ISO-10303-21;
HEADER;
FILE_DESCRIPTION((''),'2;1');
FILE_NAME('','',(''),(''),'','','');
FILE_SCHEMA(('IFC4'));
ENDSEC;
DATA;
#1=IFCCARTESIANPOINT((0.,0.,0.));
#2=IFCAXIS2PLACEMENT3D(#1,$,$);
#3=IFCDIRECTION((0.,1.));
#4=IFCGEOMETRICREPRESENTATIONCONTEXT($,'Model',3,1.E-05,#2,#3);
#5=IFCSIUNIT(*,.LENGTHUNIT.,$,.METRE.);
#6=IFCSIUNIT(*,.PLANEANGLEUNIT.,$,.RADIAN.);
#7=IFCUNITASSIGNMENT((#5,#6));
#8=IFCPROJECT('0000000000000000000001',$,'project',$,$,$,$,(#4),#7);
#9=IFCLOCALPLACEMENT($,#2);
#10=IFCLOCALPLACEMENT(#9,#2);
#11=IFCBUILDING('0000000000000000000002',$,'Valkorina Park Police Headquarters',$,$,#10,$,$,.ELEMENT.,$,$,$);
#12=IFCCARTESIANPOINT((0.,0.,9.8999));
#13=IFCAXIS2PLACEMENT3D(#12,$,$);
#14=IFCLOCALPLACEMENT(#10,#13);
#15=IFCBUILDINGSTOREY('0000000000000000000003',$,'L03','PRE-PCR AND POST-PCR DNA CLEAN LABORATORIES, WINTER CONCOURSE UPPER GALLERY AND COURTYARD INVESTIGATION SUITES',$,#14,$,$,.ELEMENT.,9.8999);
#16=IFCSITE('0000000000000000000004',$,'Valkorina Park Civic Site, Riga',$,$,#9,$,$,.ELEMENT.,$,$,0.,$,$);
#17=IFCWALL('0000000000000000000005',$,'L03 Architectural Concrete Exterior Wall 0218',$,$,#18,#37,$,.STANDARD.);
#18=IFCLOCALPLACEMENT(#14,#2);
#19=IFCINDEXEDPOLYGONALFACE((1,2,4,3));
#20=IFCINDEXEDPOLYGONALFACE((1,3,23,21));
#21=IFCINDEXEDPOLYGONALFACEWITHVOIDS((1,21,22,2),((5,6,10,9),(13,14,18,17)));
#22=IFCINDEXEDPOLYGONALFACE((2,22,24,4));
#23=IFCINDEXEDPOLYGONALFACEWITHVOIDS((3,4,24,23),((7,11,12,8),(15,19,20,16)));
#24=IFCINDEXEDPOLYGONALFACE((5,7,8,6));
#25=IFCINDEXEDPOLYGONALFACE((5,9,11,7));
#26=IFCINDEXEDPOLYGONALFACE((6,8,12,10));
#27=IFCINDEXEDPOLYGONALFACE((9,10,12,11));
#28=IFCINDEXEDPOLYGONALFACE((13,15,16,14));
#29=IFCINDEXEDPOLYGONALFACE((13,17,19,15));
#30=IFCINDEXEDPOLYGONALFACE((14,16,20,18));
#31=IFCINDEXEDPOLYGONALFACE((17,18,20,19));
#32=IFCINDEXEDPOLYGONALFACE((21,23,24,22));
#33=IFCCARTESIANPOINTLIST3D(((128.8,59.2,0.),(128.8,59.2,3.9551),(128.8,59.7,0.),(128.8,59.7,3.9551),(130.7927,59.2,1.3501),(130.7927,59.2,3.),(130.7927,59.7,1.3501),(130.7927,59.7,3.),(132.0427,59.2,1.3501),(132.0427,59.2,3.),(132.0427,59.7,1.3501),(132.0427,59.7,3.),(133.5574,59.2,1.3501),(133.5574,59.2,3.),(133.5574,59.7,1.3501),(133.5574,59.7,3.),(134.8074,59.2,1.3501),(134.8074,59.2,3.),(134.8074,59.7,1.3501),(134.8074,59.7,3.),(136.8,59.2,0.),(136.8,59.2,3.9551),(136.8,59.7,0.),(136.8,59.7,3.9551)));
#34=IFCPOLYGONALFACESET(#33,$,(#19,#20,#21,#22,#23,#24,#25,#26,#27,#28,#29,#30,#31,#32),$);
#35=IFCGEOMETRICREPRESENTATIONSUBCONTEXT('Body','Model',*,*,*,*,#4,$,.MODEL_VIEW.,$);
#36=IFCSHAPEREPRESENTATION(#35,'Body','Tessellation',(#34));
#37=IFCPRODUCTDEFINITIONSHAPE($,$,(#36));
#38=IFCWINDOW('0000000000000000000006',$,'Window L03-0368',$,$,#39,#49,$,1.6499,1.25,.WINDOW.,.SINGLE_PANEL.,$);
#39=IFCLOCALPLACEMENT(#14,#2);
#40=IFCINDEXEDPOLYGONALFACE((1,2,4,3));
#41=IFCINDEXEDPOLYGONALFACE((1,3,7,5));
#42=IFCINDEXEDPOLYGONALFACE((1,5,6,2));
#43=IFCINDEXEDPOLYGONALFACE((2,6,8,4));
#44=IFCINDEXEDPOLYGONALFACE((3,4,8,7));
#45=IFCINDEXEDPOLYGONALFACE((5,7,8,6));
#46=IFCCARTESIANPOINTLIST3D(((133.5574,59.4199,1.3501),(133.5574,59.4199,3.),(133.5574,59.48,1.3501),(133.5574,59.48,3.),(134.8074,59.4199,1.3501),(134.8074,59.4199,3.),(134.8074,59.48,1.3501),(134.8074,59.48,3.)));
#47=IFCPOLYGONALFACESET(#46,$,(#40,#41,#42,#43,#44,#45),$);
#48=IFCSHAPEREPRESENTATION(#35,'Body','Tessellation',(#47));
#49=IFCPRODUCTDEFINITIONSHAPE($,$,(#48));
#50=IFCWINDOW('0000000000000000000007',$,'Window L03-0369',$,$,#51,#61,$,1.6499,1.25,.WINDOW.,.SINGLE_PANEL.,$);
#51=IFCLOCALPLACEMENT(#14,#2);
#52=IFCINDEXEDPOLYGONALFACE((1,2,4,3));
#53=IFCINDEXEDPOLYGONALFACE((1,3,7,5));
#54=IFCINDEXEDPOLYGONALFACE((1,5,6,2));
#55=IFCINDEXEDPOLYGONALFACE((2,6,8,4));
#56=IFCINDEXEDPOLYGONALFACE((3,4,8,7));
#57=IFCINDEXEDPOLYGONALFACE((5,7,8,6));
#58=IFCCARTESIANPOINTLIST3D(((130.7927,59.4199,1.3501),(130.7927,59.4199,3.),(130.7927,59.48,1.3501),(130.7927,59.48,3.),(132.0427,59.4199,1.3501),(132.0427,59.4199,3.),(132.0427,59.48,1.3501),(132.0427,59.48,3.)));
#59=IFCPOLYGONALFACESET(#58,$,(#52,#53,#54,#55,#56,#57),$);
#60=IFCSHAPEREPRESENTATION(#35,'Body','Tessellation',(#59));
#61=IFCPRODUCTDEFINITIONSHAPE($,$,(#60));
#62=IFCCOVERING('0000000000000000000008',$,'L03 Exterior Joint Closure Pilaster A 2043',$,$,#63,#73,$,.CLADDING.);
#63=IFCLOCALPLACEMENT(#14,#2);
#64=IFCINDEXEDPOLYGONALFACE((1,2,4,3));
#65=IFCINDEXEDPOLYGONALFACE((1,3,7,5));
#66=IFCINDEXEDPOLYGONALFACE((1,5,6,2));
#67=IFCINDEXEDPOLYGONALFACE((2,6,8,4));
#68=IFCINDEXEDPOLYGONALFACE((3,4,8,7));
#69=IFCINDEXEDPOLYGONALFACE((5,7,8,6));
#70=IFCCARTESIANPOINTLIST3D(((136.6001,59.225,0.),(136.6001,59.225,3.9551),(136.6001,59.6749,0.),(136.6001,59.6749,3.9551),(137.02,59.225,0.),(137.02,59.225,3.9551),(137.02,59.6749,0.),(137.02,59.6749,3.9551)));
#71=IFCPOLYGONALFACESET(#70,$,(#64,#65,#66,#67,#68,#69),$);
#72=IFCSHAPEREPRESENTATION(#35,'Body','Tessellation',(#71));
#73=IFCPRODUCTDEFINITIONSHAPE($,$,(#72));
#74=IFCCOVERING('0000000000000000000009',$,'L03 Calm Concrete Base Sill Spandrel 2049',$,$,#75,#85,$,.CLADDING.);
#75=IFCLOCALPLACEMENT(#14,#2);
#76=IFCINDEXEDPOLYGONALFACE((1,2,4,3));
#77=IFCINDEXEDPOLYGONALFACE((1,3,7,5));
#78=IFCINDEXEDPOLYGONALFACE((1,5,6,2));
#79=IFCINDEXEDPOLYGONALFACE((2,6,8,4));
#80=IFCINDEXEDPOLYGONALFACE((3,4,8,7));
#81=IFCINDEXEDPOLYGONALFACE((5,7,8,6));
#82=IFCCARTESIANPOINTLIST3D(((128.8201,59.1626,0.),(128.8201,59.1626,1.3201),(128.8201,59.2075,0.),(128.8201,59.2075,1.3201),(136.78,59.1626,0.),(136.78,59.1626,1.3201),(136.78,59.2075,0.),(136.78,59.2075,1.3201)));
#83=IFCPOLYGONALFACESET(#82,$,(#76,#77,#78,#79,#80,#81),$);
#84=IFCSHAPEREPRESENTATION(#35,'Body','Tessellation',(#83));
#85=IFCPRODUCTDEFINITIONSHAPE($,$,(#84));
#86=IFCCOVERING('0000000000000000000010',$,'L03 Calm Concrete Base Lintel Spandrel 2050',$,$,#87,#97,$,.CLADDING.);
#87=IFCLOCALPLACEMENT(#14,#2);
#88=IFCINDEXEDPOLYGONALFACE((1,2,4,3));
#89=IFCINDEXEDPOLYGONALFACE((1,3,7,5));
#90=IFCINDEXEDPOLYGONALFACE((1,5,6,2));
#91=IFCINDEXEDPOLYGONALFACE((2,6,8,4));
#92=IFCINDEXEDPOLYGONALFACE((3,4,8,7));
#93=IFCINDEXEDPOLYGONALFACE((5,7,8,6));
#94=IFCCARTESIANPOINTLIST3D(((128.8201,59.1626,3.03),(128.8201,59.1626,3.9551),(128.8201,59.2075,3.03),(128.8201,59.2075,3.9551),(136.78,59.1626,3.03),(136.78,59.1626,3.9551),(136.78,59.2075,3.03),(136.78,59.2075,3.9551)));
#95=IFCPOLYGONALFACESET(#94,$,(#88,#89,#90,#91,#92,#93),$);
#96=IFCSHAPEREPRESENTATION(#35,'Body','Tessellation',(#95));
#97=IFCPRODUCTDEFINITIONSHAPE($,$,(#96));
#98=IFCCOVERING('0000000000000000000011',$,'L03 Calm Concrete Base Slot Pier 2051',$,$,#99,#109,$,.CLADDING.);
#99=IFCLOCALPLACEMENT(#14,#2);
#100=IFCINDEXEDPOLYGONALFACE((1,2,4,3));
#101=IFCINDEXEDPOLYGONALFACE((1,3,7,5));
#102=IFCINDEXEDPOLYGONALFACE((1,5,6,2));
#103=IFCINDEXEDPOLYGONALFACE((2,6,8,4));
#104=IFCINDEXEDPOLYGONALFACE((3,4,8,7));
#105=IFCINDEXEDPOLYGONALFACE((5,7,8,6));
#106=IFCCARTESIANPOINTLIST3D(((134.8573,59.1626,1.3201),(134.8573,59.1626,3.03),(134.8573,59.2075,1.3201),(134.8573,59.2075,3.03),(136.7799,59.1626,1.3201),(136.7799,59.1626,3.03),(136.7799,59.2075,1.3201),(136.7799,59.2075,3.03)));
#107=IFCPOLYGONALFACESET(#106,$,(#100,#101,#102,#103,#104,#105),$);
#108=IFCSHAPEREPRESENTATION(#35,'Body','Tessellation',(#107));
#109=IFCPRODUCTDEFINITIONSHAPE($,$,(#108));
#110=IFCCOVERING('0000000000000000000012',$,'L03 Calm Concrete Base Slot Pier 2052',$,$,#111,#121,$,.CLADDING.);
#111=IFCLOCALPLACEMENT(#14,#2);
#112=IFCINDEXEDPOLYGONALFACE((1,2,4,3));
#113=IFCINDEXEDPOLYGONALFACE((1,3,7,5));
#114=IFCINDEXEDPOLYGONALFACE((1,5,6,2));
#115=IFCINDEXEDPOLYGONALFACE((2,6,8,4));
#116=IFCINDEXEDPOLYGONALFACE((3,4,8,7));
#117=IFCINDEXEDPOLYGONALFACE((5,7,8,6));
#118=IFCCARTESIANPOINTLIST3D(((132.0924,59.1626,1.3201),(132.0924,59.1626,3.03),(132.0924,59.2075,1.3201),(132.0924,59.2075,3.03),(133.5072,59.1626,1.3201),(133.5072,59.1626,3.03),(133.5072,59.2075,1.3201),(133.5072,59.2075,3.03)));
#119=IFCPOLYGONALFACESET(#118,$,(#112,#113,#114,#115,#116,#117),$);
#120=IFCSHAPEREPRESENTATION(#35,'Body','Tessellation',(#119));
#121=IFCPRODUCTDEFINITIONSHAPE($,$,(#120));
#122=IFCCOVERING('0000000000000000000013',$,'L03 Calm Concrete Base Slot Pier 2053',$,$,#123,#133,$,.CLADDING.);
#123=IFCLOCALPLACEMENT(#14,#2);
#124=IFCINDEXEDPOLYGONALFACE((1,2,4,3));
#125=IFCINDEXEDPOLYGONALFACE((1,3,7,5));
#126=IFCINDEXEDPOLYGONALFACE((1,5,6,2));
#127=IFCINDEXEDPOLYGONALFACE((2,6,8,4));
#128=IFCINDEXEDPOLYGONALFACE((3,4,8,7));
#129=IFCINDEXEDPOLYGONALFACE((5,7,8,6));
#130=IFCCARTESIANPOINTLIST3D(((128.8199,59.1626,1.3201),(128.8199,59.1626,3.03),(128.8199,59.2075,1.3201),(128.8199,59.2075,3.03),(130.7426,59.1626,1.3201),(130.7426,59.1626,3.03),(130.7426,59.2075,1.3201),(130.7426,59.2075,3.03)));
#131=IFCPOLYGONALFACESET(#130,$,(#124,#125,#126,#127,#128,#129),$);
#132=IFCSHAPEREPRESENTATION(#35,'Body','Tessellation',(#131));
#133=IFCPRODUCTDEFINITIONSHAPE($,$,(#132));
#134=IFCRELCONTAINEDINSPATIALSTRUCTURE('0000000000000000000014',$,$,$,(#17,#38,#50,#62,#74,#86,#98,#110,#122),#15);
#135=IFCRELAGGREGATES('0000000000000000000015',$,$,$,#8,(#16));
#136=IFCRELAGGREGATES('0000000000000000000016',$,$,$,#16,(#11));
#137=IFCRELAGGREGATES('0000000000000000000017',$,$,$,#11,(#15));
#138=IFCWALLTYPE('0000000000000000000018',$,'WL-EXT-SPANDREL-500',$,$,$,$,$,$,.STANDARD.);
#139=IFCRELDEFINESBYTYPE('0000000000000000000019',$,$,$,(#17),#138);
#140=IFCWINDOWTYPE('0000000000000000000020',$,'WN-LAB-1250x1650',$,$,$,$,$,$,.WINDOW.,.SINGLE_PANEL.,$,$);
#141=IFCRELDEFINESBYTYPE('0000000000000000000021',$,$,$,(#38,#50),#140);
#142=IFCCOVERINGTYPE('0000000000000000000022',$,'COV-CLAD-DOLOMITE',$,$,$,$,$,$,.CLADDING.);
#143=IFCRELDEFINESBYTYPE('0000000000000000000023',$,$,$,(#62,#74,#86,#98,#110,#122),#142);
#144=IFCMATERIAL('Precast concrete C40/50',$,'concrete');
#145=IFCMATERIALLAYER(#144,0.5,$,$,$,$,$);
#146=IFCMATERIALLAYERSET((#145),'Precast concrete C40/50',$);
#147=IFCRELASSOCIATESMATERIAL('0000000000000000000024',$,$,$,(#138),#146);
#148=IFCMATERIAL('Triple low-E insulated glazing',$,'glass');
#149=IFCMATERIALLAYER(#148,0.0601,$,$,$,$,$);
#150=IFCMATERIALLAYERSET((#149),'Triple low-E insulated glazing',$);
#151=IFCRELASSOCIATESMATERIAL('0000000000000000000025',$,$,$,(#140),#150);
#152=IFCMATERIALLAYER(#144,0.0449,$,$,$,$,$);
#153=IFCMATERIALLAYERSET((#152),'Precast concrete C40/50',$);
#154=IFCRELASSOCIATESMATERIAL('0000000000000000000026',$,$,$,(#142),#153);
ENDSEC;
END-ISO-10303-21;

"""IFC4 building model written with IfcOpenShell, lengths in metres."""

from ifc_helpers import new_model, si_unit, direction, frame, frame_2d, origin, origin_2d, place, context, subcontext, project, spatial, rectangle, extrude, material, layer, layer_set, type_object, element, fill, save


model = new_model("IFC4")

# Units and contexts
model_context = context("Model", 3, precision=1e-05, world=origin(), true_north=direction((0.0, 1.0)))
body_context = subcontext(model_context, "Body", "Model", "MODEL_VIEW")
ifc_project = project(units=[si_unit("LENGTHUNIT", "METRE"), si_unit("PLANEANGLEUNIT", "RADIAN")], contexts=[model_context])

# Site, building, storey
site_placement = place(None, origin())
site = spatial("IfcSite", under=ifc_project, at=site_placement, Name="Valkorina Park Civic Site, Riga", CompositionType="ELEMENT", RefElevation=0.0)
building_placement = place(site_placement, origin())
building = spatial("IfcBuilding", under=site, at=building_placement, Name="Valkorina Park Police Headquarters", CompositionType="ELEMENT")
storey_placement = place(building_placement, frame((0.0, 0.0, 9.8999)))
storey = spatial("IfcBuildingStorey", under=building, at=storey_placement, Name="L03", Description="PRE-PCR AND POST-PCR DNA CLEAN LABORATORIES, WINTER CONCOURSE UPPER GALLERY AND COURTYARD INVESTIGATION SUITES", CompositionType="ELEMENT", Elevation=9.8999)

# Wall, openings, windows
ifc_material_1 = material(Name="Precast concrete C40/50", Category="concrete")
ifc_layer_1 = layer(ifc_material_1, 0.5)
ifc_layer_set_1 = layer_set([ifc_layer_1], Name="Precast concrete C40/50")
wall_type_1 = type_object("IfcWallType", Name="WL-EXT-SPANDREL-500", PredefinedType="STANDARD", material=ifc_layer_set_1)
wall_1_placement = place(storey_placement, frame((136.8, 59.45, 0.0), z_axis=(0.0, 0.0, 1.0), x_axis=(-1.0, 0.0, 0.0)))
wall_1 = element("IfcWall", 1, at=wall_1_placement, inside=storey, type_object=wall_type_1, Name="L03 Architectural Concrete Exterior Wall 0218", PredefinedType="STANDARD", context=body_context, shape_type="SweptSolid", body=[
    extrude(rectangle(XDim=8.0, YDim=0.5, at=frame_2d((4.0, 0.0))), origin(), (0.0, 0.0, 1.0), 3.9551),
])
opening_1_placement = place(wall_1_placement, frame((1.9927, 0.0, 1.3501)))
opening_1 = element("IfcOpeningElement", 2, at=opening_1_placement, cuts=wall_1, PredefinedType="OPENING", context=body_context, shape_type="SweptSolid", body=[
    extrude(rectangle(XDim=1.25, YDim=1.6499, at=frame_2d((0.625, 0.825))), frame((0.0, 0.26, 0.0), z_axis=(0.0, -1.0, 0.0), x_axis=(1.0, 0.0, 0.0)), (0.0, 0.0, 1.0), 0.52),
])
opening_2_placement = place(wall_1_placement, frame((4.7573, 0.0, 1.3501)))
opening_2 = element("IfcOpeningElement", 3, at=opening_2_placement, cuts=wall_1, PredefinedType="OPENING", context=body_context, shape_type="SweptSolid", body=[
    extrude(rectangle(XDim=1.25, YDim=1.6499, at=frame_2d((0.625, 0.825))), frame((0.0, 0.26, 0.0), z_axis=(0.0, -1.0, 0.0), x_axis=(1.0, 0.0, 0.0)), (0.0, 0.0, 1.0), 0.52),
])
ifc_material_2 = material(Name="Triple low-E insulated glazing", Category="glass")
ifc_layer_2 = layer(ifc_material_2, 0.0601)
ifc_layer_set_2 = layer_set([ifc_layer_2], Name="Triple low-E insulated glazing")
window_type = type_object("IfcWindowType", Name="WN-LAB-1250x1650", PartitioningType="SINGLE_PANEL", PredefinedType="WINDOW", material=ifc_layer_set_2)
window_1_placement = place(opening_1_placement, origin())
window_1 = element("IfcWindow", 4, at=window_1_placement, inside=storey, type_object=window_type, Name="Window L03-0368", OverallHeight=1.6499, OverallWidth=1.25, PartitioningType="SINGLE_PANEL", PredefinedType="WINDOW", context=body_context, shape_type="SweptSolid", body=[
    extrude(rectangle(XDim=1.25, YDim=1.6499, at=frame_2d((0.625, 0.825))), frame((0.0, 0.03, 0.0), z_axis=(0.0, -1.0, 0.0), x_axis=(1.0, 0.0, 0.0)), (0.0, 0.0, 1.0), 0.0601),
])
fill(opening_1, window_1)
window_2_placement = place(opening_2_placement, origin())
window_2 = element("IfcWindow", 5, at=window_2_placement, inside=storey, type_object=window_type, Name="Window L03-0369", OverallHeight=1.6499, OverallWidth=1.25, PartitioningType="SINGLE_PANEL", PredefinedType="WINDOW", context=body_context, shape_type="SweptSolid", body=[
    extrude(rectangle(XDim=1.25, YDim=1.6499, at=frame_2d((0.625, 0.825))), frame((0.0, 0.03, 0.0), z_axis=(0.0, -1.0, 0.0), x_axis=(1.0, 0.0, 0.0)), (0.0, 0.0, 1.0), 0.0601),
])
fill(opening_2, window_2)

# Coverings
ifc_layer_3 = layer(ifc_material_1, 0.0449)
ifc_layer_set_3 = layer_set([ifc_layer_3], Name="Precast concrete C40/50")
covering_type = type_object("IfcCoveringType", Name="COV-CLAD-DOLOMITE", PredefinedType="CLADDING", material=ifc_layer_set_3)
covering_1_placement = place(storey_placement, frame((136.8101, 59.45, 0.0), z_axis=(0.0, 0.0, 1.0), x_axis=(1.0, 0.0, 0.0)))
element("IfcCovering", 6, at=covering_1_placement, inside=storey, type_object=covering_type, Name="L03 Exterior Joint Closure Pilaster A 2043", PredefinedType="CLADDING", context=body_context, shape_type="SweptSolid", body=[
    extrude(rectangle(XDim=0.4199, YDim=0.45, at=origin_2d()), origin(), (0.0, 0.0, 1.0), 3.9551),
])
covering_2_placement = place(storey_placement, frame((136.78, 59.1851, 0.0), z_axis=(0.0, 0.0, 1.0), x_axis=(-1.0, 0.0, 0.0)))
element("IfcCovering", 7, at=covering_2_placement, inside=storey, type_object=covering_type, Name="L03 Calm Concrete Base Sill Spandrel 2049", PredefinedType="CLADDING", context=body_context, shape_type="SweptSolid", body=[
    extrude(rectangle(XDim=7.96, YDim=0.0449, at=frame_2d((3.98, 0.0))), origin(), (0.0, 0.0, 1.0), 1.3201),
])
covering_3_placement = place(storey_placement, frame((136.78, 59.1851, 3.03), z_axis=(0.0, 0.0, 1.0), x_axis=(-1.0, 0.0, 0.0)))
element("IfcCovering", 8, at=covering_3_placement, inside=storey, type_object=covering_type, Name="L03 Calm Concrete Base Lintel Spandrel 2050", PredefinedType="CLADDING", context=body_context, shape_type="SweptSolid", body=[
    extrude(rectangle(XDim=7.96, YDim=0.0449, at=frame_2d((3.98, 0.0))), origin(), (0.0, 0.0, 1.0), 0.925),
])
covering_4_placement = place(storey_placement, frame((136.78, 59.1851, 1.3201), z_axis=(0.0, 0.0, 1.0), x_axis=(-1.0, 0.0, 0.0)))
element("IfcCovering", 9, at=covering_4_placement, inside=storey, type_object=covering_type, Name="L03 Calm Concrete Base Slot Pier 2051", PredefinedType="CLADDING", context=body_context, shape_type="SweptSolid", body=[
    extrude(rectangle(XDim=1.9226, YDim=0.0449, at=frame_2d((0.9614, 0.0))), origin(), (0.0, 0.0, 1.0), 1.71),
])
covering_5_placement = place(storey_placement, frame((133.5073, 59.1851, 1.3201), z_axis=(0.0, 0.0, 1.0), x_axis=(-1.0, 0.0, 0.0)))
element("IfcCovering", 10, at=covering_5_placement, inside=storey, type_object=covering_type, Name="L03 Calm Concrete Base Slot Pier 2052", PredefinedType="CLADDING", context=body_context, shape_type="SweptSolid", body=[
    extrude(rectangle(XDim=1.4148, YDim=0.0449, at=frame_2d((0.7075, 0.0))), origin(), (0.0, 0.0, 1.0), 1.71),
])
covering_6_placement = place(storey_placement, frame((130.7427, 59.1851, 1.3201), z_axis=(0.0, 0.0, 1.0), x_axis=(-1.0, 0.0, 0.0)))
element("IfcCovering", 11, at=covering_6_placement, inside=storey, type_object=covering_type, Name="L03 Calm Concrete Base Slot Pier 2053", PredefinedType="CLADDING", context=body_context, shape_type="SweptSolid", body=[
    extrude(rectangle(XDim=1.9226, YDim=0.0449, at=frame_2d((0.9614, 0.0))), origin(), (0.0, 0.0, 1.0), 1.71),
])

save(model, "model.ifc")
